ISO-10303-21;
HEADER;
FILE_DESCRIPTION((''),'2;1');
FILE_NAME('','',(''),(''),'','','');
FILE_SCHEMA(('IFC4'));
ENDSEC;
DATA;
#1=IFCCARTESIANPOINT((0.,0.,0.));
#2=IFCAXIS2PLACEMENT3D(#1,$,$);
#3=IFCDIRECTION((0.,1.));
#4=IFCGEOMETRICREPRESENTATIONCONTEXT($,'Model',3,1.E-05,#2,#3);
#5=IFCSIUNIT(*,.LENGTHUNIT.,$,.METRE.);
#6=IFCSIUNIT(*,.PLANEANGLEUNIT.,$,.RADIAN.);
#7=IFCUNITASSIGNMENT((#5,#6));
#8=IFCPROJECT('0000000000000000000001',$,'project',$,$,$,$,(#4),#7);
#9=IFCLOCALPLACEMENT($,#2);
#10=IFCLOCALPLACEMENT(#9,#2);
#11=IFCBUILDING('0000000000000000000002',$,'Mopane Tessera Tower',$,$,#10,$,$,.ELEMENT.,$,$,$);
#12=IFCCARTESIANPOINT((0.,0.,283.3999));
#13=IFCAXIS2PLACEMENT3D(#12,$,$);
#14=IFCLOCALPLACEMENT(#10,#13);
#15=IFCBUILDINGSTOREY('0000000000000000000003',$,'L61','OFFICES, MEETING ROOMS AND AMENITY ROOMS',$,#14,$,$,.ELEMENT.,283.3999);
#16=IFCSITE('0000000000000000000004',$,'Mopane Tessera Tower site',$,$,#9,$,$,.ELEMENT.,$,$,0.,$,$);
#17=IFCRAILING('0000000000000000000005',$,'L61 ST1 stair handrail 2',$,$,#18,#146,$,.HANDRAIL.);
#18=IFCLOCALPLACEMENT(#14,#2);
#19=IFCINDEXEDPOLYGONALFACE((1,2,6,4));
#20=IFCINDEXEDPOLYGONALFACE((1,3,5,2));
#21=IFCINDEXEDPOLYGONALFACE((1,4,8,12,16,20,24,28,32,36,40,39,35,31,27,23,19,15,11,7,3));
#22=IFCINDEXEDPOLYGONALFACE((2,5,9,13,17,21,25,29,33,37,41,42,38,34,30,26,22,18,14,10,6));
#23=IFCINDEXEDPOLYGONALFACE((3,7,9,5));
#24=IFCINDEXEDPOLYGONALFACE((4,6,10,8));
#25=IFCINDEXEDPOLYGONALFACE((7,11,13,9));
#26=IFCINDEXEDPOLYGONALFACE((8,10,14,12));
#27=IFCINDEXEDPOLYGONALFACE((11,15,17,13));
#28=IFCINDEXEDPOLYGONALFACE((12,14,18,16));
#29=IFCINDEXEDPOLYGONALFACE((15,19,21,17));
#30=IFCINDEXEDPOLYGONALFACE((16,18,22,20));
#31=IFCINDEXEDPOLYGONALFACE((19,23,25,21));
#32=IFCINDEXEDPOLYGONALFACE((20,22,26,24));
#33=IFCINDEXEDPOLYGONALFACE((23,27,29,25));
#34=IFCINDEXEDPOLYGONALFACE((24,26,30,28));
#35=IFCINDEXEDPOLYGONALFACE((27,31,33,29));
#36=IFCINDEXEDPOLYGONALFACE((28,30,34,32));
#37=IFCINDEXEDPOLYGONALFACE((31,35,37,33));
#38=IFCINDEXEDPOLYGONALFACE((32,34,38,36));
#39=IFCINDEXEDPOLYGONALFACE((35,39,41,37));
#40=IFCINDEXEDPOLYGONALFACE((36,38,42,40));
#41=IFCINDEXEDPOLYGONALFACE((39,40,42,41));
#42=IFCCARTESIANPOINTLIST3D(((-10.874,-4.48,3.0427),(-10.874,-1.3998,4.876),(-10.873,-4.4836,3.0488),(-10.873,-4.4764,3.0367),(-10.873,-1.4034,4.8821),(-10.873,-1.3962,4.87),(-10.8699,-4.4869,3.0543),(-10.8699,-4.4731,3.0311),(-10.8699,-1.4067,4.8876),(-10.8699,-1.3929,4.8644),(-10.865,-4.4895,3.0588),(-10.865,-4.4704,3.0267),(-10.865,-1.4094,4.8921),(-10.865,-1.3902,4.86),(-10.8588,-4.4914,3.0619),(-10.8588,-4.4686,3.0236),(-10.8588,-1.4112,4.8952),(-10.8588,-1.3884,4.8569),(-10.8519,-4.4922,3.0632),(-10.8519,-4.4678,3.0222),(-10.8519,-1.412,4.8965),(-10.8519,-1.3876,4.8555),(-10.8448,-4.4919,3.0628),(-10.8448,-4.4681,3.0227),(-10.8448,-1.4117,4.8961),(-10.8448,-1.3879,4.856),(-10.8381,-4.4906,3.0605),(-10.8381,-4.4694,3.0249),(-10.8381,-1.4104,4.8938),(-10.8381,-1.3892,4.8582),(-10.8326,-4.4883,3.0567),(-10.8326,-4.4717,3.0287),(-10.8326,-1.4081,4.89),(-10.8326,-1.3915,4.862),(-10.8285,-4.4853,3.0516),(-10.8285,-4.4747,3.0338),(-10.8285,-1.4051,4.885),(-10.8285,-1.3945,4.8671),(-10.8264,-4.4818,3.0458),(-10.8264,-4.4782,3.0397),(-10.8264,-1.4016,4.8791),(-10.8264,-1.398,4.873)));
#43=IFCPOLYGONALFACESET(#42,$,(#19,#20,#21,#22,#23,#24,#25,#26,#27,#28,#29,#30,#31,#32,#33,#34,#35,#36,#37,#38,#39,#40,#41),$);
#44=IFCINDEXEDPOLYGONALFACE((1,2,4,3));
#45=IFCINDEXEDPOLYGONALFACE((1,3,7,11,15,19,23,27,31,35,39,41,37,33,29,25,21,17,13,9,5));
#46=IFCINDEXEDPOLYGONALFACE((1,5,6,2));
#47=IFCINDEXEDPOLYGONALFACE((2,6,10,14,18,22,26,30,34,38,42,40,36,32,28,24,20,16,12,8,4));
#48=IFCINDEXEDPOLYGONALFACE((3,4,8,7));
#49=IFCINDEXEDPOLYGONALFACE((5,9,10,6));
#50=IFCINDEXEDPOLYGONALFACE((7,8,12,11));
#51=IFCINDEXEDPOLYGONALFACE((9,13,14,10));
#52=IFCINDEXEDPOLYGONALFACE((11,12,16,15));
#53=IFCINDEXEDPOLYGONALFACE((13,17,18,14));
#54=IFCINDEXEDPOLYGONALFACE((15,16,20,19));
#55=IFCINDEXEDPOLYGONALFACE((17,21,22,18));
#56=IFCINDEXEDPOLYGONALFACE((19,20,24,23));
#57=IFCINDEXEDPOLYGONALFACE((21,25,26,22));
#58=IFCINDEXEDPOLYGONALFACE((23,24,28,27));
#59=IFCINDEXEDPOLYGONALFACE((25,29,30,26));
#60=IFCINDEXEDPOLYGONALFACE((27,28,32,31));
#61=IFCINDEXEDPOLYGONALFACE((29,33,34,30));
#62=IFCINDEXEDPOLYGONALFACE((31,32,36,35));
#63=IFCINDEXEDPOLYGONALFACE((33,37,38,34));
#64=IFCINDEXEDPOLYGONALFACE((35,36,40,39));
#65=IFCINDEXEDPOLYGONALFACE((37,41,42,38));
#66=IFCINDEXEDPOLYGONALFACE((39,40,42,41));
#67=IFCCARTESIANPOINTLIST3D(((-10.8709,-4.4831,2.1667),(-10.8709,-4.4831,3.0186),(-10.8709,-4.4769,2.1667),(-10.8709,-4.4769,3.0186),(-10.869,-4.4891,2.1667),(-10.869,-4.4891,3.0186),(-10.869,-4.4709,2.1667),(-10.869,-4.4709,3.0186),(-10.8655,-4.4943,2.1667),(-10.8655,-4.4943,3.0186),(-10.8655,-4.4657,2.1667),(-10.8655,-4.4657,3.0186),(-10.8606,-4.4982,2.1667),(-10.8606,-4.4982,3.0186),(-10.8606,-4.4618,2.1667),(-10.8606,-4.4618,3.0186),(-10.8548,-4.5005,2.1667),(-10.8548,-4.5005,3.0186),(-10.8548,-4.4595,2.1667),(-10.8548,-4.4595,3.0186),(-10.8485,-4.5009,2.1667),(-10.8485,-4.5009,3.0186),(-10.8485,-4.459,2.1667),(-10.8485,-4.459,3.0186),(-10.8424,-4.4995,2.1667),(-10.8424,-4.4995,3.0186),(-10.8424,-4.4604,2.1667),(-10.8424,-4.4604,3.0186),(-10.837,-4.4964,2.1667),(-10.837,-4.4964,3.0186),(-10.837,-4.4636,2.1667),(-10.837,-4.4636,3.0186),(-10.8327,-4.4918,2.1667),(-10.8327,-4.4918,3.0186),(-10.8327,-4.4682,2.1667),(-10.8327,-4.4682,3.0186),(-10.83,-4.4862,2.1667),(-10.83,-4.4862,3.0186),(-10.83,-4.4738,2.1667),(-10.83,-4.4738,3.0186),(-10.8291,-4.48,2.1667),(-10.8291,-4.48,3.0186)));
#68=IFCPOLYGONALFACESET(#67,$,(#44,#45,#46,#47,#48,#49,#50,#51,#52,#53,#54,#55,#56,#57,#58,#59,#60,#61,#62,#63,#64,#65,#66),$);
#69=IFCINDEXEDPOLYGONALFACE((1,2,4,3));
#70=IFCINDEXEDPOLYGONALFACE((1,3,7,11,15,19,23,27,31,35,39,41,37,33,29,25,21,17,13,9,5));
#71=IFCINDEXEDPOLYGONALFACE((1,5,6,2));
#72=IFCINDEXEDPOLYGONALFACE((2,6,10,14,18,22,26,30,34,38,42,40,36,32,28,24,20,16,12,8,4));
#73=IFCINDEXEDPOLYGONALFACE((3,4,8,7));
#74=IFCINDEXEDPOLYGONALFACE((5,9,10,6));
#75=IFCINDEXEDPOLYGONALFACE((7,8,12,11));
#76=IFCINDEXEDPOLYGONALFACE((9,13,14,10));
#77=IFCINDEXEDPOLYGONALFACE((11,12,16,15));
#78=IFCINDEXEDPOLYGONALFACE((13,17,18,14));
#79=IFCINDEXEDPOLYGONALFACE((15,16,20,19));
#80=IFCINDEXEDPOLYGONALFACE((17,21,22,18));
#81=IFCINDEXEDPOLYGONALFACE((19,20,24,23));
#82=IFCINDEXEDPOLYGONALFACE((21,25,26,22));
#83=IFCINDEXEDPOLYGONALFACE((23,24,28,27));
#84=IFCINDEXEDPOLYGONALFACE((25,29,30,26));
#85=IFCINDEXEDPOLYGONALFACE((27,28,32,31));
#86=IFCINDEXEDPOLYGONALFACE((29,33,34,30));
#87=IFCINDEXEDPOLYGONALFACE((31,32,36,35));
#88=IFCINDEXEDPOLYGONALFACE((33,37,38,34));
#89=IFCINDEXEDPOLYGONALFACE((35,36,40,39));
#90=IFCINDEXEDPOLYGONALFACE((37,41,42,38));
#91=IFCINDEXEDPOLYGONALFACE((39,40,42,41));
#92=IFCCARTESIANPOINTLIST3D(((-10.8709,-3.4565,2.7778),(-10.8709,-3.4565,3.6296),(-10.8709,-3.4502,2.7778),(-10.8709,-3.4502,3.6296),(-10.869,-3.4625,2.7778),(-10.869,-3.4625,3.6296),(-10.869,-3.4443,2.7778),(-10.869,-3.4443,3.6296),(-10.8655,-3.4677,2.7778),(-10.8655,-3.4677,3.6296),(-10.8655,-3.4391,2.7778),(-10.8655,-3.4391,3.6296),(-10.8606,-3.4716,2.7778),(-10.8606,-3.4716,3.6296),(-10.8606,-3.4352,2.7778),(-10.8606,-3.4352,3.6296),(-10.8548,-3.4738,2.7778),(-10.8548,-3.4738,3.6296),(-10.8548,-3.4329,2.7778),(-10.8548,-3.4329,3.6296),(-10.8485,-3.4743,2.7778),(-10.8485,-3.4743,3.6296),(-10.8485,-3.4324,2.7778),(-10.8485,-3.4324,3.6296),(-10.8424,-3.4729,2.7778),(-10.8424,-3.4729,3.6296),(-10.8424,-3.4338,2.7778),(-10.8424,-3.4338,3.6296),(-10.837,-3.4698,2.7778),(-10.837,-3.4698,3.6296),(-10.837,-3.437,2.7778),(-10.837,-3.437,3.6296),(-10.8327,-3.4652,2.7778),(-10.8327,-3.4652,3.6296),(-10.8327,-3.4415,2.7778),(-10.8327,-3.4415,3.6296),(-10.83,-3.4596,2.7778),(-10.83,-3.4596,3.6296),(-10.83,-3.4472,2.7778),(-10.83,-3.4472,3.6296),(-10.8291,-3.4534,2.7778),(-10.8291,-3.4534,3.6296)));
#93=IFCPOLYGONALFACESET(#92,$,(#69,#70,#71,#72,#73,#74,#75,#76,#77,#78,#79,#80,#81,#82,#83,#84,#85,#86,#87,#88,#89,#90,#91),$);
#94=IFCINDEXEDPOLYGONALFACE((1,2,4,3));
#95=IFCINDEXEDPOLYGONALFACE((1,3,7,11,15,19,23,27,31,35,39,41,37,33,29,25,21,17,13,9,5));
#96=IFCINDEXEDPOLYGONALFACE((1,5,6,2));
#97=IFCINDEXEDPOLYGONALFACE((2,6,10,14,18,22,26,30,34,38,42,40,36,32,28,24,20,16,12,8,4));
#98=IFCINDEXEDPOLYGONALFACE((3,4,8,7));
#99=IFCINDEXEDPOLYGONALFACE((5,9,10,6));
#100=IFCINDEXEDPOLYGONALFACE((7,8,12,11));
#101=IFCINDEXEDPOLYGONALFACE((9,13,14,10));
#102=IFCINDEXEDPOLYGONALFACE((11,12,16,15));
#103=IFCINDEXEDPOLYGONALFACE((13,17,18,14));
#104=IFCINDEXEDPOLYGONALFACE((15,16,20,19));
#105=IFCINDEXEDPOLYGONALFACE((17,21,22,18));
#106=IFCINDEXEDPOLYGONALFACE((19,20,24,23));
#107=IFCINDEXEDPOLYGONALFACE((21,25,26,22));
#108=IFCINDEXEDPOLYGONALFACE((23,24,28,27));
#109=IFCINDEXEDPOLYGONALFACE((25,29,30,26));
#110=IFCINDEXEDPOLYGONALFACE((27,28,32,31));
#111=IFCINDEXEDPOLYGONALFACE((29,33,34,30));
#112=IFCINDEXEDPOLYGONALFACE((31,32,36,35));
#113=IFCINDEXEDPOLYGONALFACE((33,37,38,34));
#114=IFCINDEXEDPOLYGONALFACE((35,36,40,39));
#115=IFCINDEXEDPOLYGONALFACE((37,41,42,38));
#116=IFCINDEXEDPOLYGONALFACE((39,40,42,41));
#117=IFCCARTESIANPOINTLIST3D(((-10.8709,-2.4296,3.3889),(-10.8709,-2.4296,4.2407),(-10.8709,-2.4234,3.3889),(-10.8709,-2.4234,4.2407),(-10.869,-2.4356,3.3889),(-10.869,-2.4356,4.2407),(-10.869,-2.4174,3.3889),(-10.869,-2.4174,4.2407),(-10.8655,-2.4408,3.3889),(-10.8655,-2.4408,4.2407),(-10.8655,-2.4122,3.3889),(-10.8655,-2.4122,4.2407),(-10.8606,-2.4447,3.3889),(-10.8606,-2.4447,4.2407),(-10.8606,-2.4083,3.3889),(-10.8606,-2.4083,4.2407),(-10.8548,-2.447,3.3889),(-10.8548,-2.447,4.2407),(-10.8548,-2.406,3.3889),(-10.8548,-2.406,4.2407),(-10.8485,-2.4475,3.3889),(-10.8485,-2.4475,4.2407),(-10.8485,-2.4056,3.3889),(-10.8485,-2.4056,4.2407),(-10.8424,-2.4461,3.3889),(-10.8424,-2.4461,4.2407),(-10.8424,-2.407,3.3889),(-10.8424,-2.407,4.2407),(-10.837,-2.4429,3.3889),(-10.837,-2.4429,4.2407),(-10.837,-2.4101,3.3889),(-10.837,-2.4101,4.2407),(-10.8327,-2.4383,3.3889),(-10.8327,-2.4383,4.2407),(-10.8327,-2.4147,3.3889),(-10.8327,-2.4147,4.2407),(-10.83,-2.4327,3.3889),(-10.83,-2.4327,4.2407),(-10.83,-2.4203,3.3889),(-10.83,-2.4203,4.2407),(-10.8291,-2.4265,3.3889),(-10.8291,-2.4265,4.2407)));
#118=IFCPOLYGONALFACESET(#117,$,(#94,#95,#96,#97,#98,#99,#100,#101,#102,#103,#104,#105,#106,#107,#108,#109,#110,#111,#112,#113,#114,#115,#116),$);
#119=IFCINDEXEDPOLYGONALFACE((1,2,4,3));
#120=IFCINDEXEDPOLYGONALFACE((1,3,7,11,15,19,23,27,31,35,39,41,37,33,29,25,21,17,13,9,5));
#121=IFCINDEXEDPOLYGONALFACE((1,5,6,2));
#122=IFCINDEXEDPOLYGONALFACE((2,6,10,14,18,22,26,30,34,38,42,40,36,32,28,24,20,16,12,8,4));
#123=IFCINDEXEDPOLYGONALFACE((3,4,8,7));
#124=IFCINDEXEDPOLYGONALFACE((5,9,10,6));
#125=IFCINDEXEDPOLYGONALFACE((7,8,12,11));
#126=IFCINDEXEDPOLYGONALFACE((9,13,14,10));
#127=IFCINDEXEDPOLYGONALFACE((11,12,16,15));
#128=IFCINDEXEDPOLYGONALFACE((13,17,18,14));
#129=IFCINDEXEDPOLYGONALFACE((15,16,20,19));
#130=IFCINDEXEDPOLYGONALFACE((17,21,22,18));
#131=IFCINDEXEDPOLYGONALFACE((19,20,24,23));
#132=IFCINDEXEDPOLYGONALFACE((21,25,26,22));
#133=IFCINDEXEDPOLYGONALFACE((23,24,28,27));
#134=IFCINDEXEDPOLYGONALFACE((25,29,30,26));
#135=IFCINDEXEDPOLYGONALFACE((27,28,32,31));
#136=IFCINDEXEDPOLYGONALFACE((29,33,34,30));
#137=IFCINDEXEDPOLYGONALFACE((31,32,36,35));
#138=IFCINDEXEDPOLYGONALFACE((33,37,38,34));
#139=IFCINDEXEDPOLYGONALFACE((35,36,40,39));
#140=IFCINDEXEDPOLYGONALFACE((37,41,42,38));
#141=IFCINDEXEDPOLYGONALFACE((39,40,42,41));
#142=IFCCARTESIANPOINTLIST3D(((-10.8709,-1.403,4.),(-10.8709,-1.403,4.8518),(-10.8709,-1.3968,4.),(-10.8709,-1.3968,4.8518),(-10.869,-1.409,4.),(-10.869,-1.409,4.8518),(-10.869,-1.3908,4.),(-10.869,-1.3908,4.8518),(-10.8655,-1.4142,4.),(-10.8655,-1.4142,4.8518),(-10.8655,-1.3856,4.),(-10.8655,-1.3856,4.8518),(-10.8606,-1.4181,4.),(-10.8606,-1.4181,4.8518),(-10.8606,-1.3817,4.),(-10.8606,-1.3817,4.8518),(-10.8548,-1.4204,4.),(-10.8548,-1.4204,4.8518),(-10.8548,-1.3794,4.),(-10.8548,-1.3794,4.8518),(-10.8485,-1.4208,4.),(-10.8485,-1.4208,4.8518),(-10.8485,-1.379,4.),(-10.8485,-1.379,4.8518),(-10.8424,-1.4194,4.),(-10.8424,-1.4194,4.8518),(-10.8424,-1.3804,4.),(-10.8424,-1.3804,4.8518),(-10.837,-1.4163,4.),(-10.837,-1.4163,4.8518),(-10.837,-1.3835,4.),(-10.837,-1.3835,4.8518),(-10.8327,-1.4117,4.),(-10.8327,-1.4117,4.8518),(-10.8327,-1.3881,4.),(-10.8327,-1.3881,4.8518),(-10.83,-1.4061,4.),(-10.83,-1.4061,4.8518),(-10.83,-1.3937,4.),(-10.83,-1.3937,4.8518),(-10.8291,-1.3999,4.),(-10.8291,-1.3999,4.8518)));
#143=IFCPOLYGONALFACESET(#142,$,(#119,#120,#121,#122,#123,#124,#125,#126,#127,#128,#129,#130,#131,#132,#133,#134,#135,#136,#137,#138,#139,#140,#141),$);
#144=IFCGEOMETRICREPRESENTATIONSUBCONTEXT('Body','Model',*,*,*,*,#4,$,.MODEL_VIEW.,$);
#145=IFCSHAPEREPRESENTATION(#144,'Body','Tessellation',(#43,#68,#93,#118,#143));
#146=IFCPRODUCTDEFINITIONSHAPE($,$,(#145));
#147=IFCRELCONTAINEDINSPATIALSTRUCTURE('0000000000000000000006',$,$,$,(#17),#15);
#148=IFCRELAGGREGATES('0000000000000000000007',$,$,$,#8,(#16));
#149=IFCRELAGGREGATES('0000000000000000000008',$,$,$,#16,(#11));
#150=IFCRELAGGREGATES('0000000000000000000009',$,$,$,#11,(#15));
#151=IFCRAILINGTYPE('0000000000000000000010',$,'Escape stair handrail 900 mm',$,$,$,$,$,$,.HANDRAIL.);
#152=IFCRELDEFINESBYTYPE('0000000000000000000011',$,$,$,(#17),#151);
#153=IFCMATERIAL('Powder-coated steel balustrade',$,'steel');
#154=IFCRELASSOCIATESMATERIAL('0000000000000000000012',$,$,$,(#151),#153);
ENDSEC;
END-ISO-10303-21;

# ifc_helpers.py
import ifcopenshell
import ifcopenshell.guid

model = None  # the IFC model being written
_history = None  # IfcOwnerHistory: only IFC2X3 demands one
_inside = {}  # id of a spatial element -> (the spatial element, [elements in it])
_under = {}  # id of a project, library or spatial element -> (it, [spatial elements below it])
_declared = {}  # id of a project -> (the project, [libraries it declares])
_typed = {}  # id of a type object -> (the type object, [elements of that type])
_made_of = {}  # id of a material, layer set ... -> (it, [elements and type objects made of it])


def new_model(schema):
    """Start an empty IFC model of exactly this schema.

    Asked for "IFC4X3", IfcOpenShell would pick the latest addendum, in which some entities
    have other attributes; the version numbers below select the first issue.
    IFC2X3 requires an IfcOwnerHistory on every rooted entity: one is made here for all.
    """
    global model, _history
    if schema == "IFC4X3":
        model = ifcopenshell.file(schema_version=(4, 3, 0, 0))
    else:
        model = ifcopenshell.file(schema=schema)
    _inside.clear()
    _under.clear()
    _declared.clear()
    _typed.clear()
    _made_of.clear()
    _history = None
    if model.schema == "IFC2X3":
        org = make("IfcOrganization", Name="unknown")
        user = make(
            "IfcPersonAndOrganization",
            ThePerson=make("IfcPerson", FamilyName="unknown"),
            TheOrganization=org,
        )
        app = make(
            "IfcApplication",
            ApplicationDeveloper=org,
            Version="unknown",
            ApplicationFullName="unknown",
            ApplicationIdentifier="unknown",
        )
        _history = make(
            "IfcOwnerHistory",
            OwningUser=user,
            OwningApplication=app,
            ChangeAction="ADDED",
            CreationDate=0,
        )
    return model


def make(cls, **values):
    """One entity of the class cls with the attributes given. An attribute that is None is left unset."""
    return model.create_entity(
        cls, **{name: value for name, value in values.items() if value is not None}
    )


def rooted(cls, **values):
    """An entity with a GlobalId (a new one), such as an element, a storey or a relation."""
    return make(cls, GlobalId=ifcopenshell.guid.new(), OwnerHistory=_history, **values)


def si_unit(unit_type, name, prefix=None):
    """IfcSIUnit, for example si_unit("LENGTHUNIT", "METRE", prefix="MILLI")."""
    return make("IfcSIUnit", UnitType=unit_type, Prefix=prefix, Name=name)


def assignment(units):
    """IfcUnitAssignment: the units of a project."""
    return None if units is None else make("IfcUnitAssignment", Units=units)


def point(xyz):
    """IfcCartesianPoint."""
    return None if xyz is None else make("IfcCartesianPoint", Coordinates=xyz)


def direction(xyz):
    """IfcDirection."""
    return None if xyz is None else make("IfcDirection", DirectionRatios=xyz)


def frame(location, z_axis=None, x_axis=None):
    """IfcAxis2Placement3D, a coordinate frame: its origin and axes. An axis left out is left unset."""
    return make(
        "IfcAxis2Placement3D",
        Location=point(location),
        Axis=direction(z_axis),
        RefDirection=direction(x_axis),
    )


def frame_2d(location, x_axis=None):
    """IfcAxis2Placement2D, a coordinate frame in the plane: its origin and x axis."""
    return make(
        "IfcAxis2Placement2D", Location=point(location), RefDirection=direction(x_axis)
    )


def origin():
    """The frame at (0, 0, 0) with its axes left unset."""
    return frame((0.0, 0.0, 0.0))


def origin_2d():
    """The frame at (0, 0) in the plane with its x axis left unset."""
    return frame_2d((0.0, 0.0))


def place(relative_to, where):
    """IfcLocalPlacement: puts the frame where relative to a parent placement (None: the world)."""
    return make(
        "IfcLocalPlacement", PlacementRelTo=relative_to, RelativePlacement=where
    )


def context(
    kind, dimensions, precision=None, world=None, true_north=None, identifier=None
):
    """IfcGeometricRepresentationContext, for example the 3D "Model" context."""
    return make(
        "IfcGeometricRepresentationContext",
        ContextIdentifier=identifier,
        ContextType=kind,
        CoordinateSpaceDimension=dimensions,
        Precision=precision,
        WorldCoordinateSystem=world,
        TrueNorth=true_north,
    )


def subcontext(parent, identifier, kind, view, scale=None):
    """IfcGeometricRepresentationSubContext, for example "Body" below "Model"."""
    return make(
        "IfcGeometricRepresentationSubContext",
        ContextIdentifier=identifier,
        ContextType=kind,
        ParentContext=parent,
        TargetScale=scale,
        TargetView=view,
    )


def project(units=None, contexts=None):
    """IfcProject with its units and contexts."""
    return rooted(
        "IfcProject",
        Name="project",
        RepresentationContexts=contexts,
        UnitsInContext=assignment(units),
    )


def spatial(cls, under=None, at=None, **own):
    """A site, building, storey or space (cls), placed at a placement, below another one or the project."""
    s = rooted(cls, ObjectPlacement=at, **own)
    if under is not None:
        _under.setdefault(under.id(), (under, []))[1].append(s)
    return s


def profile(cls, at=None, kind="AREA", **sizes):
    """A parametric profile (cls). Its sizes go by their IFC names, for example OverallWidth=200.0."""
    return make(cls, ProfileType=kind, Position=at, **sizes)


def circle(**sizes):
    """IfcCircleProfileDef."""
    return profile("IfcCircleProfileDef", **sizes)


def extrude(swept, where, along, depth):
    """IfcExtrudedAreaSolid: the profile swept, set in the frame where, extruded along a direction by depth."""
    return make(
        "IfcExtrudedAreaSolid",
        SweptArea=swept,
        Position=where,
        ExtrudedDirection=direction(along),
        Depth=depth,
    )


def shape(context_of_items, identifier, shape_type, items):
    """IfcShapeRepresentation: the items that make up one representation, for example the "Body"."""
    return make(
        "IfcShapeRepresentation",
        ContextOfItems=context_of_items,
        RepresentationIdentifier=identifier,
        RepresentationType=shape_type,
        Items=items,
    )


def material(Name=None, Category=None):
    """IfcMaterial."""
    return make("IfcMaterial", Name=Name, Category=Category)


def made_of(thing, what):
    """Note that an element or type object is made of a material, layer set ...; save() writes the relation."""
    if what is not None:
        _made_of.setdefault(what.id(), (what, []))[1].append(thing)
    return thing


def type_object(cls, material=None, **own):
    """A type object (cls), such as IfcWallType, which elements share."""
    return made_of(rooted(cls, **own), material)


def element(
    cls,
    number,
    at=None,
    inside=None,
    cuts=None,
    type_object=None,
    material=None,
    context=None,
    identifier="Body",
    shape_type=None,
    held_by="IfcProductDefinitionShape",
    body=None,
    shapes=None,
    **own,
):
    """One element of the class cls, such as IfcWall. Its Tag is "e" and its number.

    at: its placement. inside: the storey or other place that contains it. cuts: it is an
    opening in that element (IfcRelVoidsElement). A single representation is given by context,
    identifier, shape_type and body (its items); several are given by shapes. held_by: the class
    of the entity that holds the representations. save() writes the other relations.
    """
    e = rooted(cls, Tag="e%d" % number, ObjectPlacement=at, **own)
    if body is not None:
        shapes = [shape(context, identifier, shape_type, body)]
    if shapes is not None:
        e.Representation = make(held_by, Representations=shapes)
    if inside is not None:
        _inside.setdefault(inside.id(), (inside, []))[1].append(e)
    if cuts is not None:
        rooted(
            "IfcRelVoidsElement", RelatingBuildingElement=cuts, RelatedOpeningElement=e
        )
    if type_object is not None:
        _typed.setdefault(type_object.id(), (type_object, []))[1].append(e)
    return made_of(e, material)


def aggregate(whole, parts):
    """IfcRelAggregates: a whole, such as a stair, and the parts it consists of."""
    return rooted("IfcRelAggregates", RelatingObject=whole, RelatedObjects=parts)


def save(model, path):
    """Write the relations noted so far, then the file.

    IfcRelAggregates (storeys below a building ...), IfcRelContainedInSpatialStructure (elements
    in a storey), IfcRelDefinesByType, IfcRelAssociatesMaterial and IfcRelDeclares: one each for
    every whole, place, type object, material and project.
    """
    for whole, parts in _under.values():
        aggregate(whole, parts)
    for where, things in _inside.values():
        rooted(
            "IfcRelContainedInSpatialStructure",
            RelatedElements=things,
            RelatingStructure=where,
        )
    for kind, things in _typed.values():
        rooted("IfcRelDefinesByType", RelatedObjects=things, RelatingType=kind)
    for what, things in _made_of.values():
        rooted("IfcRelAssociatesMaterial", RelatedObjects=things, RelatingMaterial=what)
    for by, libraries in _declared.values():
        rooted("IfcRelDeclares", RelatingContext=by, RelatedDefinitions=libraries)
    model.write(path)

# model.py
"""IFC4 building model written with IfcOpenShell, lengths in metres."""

from ifc_helpers import new_model, si_unit, direction, frame, origin, origin_2d, place, context, subcontext, project, spatial, circle, extrude, material, type_object, element, save


model = new_model("IFC4")

# Units and contexts
model_context = context("Model", 3, precision=1e-05, world=origin(), true_north=direction((0.0, 1.0)))
body_context = subcontext(model_context, "Body", "Model", "MODEL_VIEW")
ifc_project = project(units=[si_unit("LENGTHUNIT", "METRE"), si_unit("PLANEANGLEUNIT", "RADIAN")], contexts=[model_context])

# Site, building, storey
site_placement = place(None, origin())
site = spatial("IfcSite", under=ifc_project, at=site_placement, Name="Mopane Tessera Tower site", CompositionType="ELEMENT", RefElevation=0.0)
building_placement = place(site_placement, origin())
building = spatial("IfcBuilding", under=site, at=building_placement, Name="Mopane Tessera Tower", CompositionType="ELEMENT")
storey_placement = place(building_placement, frame((0.0, 0.0, 283.3999)))
storey = spatial("IfcBuildingStorey", under=building, at=storey_placement, Name="L61", Description="OFFICES, MEETING ROOMS AND AMENITY ROOMS", CompositionType="ELEMENT", Elevation=283.3999)

# Railing
ifc_material_1 = material(Name="Powder-coated steel balustrade", Category="steel")
railing_type_1 = type_object("IfcRailingType", Name="Escape stair handrail 900 mm", PredefinedType="HANDRAIL", material=ifc_material_1)
railing_1_placement = place(storey_placement, frame((-10.8501, -4.48, 2.1667)))
element("IfcRailing", 1, at=railing_1_placement, inside=storey, type_object=railing_type_1, Name="L61 ST1 stair handrail 2", PredefinedType="HANDRAIL", context=body_context, shape_type="SweptSolid", body=[
    extrude(circle(Radius=0.0239, at=origin_2d()), frame((0.0, 0.0, 0.876), z_axis=(0.0, 0.859309, 0.511458), x_axis=(-1.0, 0.0, 0.0)), (0.0, 0.0, 1.0), 3.5845),
    extrude(circle(Radius=0.021, at=origin_2d()), origin(), (0.0, 0.0, 1.0), 0.8518),
    extrude(circle(Radius=0.021, at=origin_2d()), frame((0.0, 1.0266, 0.6111)), (0.0, 0.0, 1.0), 0.8518),
    extrude(circle(Radius=0.021, at=origin_2d()), frame((0.0, 2.0535, 1.2222)), (0.0, 0.0, 1.0), 0.8518),
    extrude(circle(Radius=0.021, at=origin_2d()), frame((0.0, 3.0801, 1.8333)), (0.0, 0.0, 1.0), 0.8518),
])

save(model, "model.ifc")
